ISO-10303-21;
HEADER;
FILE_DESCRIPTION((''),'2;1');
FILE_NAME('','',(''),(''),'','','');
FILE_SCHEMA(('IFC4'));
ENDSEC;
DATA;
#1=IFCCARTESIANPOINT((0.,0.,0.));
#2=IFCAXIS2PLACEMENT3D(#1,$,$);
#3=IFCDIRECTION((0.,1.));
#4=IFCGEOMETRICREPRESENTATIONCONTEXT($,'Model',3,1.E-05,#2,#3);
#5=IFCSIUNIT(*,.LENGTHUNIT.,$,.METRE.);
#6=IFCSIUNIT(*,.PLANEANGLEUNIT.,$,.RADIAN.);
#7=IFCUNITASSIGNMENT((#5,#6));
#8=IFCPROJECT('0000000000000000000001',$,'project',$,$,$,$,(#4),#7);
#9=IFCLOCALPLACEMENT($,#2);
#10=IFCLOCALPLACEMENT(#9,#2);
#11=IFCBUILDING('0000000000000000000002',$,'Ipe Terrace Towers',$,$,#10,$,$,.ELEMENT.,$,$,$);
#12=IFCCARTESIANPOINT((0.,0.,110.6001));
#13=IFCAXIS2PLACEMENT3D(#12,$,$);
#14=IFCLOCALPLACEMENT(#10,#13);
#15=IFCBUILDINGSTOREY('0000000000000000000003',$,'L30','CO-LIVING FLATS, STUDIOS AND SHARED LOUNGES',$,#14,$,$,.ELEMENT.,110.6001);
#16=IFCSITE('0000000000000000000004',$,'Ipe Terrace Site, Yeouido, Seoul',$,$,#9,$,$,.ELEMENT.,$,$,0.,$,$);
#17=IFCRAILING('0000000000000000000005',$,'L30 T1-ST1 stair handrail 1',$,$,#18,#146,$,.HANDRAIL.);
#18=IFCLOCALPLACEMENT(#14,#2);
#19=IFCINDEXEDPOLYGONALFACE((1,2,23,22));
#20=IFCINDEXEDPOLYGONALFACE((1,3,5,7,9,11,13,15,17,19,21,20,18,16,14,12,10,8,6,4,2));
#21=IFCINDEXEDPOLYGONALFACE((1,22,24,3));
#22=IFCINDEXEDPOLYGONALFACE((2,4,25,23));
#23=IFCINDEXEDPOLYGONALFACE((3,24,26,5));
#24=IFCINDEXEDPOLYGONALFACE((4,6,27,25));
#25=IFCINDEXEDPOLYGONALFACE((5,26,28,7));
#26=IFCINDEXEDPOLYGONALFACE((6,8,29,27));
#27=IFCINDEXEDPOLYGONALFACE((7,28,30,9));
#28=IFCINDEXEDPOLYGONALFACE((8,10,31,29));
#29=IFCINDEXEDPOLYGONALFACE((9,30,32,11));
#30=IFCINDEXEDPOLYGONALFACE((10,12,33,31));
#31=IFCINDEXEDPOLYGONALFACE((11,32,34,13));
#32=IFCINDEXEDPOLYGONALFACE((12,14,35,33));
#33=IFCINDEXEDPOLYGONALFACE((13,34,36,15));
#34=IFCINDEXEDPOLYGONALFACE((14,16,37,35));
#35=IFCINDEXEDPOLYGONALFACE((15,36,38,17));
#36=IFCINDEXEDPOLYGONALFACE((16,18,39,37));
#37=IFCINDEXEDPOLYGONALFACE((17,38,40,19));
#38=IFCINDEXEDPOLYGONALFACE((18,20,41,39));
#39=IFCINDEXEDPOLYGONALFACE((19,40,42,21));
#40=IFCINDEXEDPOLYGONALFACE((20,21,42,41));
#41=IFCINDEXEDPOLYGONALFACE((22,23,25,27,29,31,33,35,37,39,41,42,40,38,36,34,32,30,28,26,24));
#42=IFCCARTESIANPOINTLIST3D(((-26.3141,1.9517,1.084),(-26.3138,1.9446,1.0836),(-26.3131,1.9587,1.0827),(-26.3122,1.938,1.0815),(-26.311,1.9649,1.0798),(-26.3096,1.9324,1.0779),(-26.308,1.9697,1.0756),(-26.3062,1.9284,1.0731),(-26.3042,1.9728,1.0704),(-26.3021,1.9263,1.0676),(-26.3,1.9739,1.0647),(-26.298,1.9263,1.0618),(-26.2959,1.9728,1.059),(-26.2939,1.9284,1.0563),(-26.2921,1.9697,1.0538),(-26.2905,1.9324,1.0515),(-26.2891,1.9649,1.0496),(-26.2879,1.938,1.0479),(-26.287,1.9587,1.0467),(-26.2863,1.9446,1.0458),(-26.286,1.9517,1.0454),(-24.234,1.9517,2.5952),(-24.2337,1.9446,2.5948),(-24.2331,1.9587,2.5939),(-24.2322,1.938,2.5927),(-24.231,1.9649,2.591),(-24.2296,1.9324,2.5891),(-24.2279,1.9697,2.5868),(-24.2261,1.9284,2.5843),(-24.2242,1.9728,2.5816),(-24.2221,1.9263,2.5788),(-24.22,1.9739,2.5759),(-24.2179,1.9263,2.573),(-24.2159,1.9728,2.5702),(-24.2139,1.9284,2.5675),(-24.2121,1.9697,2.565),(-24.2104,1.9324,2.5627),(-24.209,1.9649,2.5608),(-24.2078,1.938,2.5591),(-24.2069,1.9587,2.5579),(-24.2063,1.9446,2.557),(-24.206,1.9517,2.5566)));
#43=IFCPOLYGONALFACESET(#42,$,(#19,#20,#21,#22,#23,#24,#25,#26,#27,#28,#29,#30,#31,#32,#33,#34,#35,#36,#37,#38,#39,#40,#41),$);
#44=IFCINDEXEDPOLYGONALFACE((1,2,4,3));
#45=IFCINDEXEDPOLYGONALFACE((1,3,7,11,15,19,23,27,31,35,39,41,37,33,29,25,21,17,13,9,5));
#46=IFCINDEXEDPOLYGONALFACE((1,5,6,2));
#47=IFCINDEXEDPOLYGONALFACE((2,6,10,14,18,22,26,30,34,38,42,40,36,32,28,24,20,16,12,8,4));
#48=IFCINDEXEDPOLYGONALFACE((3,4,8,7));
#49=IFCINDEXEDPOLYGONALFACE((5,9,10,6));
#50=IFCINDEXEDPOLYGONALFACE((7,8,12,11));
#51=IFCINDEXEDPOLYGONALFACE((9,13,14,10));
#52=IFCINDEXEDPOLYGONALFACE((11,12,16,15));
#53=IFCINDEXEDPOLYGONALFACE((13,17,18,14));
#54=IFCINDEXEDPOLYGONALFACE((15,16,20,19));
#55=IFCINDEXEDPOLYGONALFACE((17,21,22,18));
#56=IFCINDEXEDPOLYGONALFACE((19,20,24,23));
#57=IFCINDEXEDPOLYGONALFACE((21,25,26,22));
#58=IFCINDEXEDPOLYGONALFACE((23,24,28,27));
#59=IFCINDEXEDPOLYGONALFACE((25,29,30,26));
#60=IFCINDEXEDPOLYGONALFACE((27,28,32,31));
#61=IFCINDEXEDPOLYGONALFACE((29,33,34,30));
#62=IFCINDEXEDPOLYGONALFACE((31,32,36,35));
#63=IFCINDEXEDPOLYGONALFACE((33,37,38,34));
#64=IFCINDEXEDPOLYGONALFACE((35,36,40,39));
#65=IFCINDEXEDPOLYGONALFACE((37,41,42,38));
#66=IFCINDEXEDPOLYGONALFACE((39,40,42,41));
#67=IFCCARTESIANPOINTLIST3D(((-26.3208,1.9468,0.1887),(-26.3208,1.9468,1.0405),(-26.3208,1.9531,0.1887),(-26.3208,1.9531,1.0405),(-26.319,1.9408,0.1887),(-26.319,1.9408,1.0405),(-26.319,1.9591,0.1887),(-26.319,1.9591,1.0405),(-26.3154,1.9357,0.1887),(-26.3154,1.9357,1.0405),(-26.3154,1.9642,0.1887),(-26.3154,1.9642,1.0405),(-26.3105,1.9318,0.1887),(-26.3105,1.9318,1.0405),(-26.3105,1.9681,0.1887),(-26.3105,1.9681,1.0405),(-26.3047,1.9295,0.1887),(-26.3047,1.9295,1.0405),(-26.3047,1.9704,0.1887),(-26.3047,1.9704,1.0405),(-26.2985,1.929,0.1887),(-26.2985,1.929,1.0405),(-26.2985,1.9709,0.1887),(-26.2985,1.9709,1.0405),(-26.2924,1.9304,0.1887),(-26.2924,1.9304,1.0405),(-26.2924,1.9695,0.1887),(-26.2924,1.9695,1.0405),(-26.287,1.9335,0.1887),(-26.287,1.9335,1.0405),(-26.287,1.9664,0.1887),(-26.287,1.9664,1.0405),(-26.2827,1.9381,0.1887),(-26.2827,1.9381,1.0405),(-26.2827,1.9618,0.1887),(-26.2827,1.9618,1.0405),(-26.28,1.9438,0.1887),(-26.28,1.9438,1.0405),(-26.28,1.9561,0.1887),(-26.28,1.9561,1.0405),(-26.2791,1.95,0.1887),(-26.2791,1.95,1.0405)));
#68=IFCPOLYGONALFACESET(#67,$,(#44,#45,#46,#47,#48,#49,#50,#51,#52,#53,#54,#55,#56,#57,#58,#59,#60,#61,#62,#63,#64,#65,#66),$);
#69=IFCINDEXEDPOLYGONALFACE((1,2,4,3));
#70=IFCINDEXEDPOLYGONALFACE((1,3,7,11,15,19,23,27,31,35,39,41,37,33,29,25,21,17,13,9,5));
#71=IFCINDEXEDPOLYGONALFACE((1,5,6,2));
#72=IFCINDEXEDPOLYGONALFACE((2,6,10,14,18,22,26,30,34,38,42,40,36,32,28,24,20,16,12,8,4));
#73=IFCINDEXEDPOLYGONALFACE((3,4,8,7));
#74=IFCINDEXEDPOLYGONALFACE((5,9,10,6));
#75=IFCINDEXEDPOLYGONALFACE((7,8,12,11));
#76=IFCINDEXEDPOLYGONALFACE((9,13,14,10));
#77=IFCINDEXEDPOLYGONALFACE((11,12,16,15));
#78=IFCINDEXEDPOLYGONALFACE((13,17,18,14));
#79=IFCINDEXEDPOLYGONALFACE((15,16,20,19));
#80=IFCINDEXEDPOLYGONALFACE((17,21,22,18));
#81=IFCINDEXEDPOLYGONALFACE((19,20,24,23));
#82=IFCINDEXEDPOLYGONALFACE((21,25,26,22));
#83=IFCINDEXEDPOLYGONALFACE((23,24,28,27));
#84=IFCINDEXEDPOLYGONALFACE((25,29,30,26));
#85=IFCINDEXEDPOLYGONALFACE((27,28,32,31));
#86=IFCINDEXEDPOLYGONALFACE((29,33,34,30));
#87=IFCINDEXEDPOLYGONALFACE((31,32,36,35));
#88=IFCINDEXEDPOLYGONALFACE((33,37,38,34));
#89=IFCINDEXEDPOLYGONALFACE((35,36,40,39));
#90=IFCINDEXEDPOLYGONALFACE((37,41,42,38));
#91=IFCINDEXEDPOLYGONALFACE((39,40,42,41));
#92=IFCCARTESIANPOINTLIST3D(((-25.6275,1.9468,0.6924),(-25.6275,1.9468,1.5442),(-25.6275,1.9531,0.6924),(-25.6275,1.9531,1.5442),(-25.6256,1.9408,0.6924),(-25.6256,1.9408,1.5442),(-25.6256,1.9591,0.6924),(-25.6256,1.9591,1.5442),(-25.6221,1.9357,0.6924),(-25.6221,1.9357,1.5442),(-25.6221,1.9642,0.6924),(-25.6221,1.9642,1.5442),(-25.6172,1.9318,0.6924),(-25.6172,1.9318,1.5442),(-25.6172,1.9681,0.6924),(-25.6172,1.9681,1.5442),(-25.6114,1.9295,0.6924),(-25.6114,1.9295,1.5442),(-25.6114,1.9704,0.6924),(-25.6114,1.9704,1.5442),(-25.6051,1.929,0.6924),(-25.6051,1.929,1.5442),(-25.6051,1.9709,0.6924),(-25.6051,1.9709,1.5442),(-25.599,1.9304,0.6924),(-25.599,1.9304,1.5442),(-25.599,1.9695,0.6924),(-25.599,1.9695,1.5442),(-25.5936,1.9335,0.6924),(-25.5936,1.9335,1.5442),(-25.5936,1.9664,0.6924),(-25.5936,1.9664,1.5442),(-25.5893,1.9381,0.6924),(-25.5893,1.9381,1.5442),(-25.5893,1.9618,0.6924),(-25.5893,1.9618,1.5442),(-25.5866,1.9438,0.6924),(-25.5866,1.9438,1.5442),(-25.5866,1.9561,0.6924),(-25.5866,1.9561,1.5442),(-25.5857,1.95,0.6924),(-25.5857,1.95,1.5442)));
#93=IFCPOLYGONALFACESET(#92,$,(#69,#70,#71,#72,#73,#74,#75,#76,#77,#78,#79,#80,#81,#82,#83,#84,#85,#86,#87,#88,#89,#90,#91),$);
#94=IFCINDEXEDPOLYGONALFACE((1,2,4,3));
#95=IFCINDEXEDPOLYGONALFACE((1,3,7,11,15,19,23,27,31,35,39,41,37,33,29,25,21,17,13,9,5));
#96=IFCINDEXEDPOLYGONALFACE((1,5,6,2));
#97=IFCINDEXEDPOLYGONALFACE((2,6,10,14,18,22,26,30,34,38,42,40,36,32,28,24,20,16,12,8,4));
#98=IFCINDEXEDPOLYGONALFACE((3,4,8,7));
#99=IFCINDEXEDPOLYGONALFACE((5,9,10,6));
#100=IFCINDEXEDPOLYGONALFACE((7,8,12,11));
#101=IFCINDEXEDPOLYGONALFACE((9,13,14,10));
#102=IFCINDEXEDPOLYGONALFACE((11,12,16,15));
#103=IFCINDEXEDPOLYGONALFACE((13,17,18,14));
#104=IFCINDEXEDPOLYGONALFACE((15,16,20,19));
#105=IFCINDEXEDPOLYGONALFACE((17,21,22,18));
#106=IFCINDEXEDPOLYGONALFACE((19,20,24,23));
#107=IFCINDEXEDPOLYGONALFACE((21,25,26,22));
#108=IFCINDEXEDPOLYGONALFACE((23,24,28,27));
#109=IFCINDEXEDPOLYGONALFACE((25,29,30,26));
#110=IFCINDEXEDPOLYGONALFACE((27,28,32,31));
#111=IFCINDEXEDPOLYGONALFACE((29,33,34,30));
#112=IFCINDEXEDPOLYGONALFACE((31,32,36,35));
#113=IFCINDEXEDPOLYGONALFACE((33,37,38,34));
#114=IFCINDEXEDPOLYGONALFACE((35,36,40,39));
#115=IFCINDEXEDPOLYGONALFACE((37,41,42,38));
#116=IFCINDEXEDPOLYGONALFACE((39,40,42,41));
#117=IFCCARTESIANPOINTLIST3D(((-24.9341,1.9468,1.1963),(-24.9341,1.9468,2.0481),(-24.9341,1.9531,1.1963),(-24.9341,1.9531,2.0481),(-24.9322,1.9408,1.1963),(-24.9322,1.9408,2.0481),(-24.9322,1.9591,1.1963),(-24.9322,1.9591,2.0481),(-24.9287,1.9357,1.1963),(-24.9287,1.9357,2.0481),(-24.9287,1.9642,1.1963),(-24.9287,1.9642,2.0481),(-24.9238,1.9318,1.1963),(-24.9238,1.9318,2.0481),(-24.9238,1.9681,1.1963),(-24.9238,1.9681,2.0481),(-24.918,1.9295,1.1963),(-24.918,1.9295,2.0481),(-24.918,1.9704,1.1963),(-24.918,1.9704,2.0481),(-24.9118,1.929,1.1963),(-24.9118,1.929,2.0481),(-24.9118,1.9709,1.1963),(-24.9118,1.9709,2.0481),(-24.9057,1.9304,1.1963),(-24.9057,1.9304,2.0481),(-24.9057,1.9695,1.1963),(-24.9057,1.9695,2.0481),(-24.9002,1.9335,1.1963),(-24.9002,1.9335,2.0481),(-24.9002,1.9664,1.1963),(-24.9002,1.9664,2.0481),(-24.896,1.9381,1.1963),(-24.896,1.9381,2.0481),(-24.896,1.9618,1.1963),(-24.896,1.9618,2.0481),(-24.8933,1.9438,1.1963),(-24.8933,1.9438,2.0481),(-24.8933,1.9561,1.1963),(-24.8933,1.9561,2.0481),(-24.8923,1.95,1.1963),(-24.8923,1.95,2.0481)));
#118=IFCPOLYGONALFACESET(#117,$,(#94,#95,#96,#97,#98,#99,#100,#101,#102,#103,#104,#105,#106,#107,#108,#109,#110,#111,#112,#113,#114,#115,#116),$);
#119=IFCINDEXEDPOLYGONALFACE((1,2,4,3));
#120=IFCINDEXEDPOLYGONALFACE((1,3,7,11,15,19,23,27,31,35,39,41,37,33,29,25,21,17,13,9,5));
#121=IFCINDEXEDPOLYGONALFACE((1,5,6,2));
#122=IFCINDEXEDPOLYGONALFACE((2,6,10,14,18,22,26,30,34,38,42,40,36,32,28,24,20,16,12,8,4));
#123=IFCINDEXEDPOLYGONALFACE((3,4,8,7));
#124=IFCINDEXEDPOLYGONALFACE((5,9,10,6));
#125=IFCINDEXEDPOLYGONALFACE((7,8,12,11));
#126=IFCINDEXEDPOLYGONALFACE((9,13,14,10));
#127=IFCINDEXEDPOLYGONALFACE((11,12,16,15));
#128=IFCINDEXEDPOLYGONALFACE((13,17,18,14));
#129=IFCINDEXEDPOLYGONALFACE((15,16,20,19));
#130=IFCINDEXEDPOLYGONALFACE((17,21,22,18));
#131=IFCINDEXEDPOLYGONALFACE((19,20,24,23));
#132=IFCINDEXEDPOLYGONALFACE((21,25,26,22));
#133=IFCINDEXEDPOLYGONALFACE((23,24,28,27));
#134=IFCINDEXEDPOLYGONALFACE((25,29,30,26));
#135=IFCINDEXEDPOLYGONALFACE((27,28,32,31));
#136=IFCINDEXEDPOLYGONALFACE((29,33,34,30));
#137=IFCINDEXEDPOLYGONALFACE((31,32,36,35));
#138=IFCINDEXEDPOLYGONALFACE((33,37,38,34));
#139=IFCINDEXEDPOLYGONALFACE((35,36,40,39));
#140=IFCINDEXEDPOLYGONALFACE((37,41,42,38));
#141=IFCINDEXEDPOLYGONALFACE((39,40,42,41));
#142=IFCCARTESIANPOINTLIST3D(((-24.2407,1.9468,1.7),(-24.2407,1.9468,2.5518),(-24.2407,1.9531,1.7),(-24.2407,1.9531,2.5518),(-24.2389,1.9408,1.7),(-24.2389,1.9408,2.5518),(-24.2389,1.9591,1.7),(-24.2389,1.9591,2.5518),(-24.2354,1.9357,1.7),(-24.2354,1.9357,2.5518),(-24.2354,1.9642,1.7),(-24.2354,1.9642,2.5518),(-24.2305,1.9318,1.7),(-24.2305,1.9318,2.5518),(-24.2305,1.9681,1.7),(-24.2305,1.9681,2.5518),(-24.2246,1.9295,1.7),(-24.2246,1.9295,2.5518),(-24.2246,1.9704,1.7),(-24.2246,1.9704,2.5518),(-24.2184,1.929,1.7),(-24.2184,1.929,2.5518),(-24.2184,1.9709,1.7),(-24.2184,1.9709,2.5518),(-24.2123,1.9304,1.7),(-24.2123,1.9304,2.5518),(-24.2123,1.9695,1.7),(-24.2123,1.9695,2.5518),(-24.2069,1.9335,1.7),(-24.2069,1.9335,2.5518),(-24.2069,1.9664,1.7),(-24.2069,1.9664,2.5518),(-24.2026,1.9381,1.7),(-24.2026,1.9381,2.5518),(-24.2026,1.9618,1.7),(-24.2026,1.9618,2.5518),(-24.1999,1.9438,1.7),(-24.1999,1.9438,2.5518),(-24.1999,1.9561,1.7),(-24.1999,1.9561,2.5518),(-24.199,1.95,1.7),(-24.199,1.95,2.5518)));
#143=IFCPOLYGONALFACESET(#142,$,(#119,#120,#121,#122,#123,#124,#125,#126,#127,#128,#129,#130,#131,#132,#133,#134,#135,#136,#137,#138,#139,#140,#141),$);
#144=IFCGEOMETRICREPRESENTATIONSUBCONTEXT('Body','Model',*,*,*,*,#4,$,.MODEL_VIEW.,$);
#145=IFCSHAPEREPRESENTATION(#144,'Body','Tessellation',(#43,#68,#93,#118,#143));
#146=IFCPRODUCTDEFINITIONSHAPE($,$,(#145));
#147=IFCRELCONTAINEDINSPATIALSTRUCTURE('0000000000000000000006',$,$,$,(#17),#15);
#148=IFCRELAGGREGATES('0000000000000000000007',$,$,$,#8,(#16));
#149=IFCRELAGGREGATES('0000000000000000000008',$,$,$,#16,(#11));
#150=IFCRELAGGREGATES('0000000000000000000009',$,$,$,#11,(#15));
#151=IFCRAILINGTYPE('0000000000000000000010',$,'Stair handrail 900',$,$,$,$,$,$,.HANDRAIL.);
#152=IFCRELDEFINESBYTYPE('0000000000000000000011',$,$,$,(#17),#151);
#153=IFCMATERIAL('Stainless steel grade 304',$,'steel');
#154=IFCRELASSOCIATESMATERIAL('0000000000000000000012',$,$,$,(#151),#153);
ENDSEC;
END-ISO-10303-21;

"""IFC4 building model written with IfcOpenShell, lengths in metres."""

from ifc_helpers import new_model, si_unit, direction, frame, origin, origin_2d, place, context, subcontext, project, spatial, circle, extrude, material, type_object, element, save


model = new_model("IFC4")

# Units and contexts
model_context = context("Model", 3, precision=1e-05, world=origin(), true_north=direction((0.0, 1.0)))
body_context = subcontext(model_context, "Body", "Model", "MODEL_VIEW")
ifc_project = project(units=[si_unit("LENGTHUNIT", "METRE"), si_unit("PLANEANGLEUNIT", "RADIAN")], contexts=[model_context])

# Site, building, storey
site_placement = place(None, origin())
site = spatial("IfcSite", under=ifc_project, at=site_placement, Name="Ipe Terrace Site, Yeouido, Seoul", CompositionType="ELEMENT", RefElevation=0.0)
building_placement = place(site_placement, origin())
building = spatial("IfcBuilding", under=site, at=building_placement, Name="Ipe Terrace Towers", CompositionType="ELEMENT")
storey_placement = place(building_placement, frame((0.0, 0.0, 110.6001)))
storey = spatial("IfcBuildingStorey", under=building, at=storey_placement, Name="L30", Description="CO-LIVING FLATS, STUDIOS AND SHARED LOUNGES", CompositionType="ELEMENT", Elevation=110.6001)

# Railing
ifc_material_1 = material(Name="Stainless steel grade 304", Category="steel")
railing_type_1 = type_object("IfcRailingType", Name="Stair handrail 900", PredefinedType="HANDRAIL", material=ifc_material_1)
railing_1_placement = place(storey_placement, frame((-26.3, 1.95, 0.1887)))
element("IfcRailing", 1, at=railing_1_placement, inside=storey, type_object=railing_type_1, Name="L30 T1-ST1 stair handrail 1", PredefinedType="HANDRAIL", context=body_context, shape_type="SweptSolid", body=[
    extrude(circle(Radius=0.0239, at=origin_2d()), frame((0.0, 0.0, 0.876), z_axis=(0.809023, 0.0, 0.587776), x_axis=(0.0, 1.0, 0.0)), (0.0, 0.0, 1.0), 2.571),
    extrude(circle(Radius=0.021, at=origin_2d()), origin(), (0.0, 0.0, 1.0), 0.8518),
    extrude(circle(Radius=0.021, at=origin_2d()), frame((0.6934, 0.0, 0.5037)), (0.0, 0.0, 1.0), 0.8518),
    extrude(circle(Radius=0.021, at=origin_2d()), frame((1.3867, 0.0, 1.0076)), (0.0, 0.0, 1.0), 0.8518),
    extrude(circle(Radius=0.021, at=origin_2d()), frame((2.0801, 0.0, 1.5112)), (0.0, 0.0, 1.0), 0.8518),
])

save(model, "model.ifc")
